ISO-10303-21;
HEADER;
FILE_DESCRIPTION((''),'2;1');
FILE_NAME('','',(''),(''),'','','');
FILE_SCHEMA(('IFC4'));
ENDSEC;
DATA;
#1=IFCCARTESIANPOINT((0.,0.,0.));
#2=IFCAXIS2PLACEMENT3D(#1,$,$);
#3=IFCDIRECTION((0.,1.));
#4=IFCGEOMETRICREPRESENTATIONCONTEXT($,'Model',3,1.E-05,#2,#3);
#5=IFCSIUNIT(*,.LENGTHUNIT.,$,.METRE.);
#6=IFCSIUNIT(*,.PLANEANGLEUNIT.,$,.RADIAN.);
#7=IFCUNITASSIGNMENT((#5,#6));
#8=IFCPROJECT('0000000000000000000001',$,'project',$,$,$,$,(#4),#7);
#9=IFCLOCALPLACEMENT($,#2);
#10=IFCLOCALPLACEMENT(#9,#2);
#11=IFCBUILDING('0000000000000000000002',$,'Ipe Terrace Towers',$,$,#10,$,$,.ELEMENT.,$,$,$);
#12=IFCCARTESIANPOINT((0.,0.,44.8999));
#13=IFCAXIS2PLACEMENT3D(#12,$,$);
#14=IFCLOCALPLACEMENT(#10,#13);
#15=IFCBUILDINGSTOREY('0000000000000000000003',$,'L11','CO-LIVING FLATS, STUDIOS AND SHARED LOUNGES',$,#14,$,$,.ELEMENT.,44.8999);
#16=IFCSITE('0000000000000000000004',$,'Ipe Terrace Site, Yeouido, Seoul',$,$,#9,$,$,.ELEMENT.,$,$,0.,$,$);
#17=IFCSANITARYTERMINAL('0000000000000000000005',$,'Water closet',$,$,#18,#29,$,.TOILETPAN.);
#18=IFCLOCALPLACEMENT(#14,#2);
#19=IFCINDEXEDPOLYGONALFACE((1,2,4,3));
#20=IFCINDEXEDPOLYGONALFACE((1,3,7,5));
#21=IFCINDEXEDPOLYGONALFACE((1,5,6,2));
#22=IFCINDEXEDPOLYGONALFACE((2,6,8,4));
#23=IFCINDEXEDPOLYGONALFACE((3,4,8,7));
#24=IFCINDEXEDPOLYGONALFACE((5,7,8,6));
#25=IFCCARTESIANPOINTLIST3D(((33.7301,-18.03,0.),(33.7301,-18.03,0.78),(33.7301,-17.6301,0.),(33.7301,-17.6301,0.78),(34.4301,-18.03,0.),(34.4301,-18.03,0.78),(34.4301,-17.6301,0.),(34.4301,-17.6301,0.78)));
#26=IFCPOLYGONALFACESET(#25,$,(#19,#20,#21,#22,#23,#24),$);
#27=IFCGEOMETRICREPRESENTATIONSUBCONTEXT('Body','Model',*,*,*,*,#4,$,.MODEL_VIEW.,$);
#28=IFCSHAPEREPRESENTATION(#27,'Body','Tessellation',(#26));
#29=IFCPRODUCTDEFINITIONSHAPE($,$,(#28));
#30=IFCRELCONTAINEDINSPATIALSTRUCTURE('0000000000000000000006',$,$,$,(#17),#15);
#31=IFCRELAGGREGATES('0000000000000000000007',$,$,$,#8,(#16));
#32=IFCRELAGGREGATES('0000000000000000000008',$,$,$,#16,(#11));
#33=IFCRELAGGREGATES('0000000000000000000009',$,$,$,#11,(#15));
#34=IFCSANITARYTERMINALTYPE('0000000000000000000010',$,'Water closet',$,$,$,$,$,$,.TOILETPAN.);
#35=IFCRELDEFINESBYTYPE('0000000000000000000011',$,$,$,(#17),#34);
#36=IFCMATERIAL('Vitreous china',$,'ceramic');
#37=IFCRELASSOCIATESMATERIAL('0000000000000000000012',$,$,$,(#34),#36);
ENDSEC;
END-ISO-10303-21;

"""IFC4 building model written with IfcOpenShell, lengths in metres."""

from ifc_helpers import new_model, si_unit, direction, frame, origin, origin_2d, place, context, subcontext, project, spatial, rectangle, extrude, material, type_object, element, save


model = new_model("IFC4")

# Units and contexts
model_context = context("Model", 3, precision=1e-05, world=origin(), true_north=direction((0.0, 1.0)))
body_context = subcontext(model_context, "Body", "Model", "MODEL_VIEW")
ifc_project = project(units=[si_unit("LENGTHUNIT", "METRE"), si_unit("PLANEANGLEUNIT", "RADIAN")], contexts=[model_context])

# Site, building, storey
site_placement = place(None, origin())
site = spatial("IfcSite", under=ifc_project, at=site_placement, Name="Ipe Terrace Site, Yeouido, Seoul", CompositionType="ELEMENT", RefElevation=0.0)
building_placement = place(site_placement, origin())
building = spatial("IfcBuilding", under=site, at=building_placement, Name="Ipe Terrace Towers", CompositionType="ELEMENT")
storey_placement = place(building_placement, frame((0.0, 0.0, 44.8999)))
storey = spatial("IfcBuildingStorey", under=building, at=storey_placement, Name="L11", Description="CO-LIVING FLATS, STUDIOS AND SHARED LOUNGES", CompositionType="ELEMENT", Elevation=44.8999)

# Sanitary terminal
ifc_material_1 = material(Name="Vitreous china", Category="ceramic")
sanitary_terminal_type_1 = type_object("IfcSanitaryTerminalType", Name="Water closet", PredefinedType="TOILETPAN", material=ifc_material_1)
sanitary_terminal_1_placement = place(storey_placement, frame((34.0801, -17.8301, 0.0), z_axis=(0.0, 0.0, 1.0), x_axis=(-1.0, 0.0, 0.0)))
element("IfcSanitaryTerminal", 1, at=sanitary_terminal_1_placement, inside=storey, type_object=sanitary_terminal_type_1, Name="Water closet", PredefinedType="TOILETPAN", context=body_context, shape_type="SweptSolid", body=[
    extrude(rectangle(XDim=0.7, YDim=0.3999, at=origin_2d()), origin(), (0.0, 0.0, 1.0), 0.78),
])

save(model, "model.ifc")
